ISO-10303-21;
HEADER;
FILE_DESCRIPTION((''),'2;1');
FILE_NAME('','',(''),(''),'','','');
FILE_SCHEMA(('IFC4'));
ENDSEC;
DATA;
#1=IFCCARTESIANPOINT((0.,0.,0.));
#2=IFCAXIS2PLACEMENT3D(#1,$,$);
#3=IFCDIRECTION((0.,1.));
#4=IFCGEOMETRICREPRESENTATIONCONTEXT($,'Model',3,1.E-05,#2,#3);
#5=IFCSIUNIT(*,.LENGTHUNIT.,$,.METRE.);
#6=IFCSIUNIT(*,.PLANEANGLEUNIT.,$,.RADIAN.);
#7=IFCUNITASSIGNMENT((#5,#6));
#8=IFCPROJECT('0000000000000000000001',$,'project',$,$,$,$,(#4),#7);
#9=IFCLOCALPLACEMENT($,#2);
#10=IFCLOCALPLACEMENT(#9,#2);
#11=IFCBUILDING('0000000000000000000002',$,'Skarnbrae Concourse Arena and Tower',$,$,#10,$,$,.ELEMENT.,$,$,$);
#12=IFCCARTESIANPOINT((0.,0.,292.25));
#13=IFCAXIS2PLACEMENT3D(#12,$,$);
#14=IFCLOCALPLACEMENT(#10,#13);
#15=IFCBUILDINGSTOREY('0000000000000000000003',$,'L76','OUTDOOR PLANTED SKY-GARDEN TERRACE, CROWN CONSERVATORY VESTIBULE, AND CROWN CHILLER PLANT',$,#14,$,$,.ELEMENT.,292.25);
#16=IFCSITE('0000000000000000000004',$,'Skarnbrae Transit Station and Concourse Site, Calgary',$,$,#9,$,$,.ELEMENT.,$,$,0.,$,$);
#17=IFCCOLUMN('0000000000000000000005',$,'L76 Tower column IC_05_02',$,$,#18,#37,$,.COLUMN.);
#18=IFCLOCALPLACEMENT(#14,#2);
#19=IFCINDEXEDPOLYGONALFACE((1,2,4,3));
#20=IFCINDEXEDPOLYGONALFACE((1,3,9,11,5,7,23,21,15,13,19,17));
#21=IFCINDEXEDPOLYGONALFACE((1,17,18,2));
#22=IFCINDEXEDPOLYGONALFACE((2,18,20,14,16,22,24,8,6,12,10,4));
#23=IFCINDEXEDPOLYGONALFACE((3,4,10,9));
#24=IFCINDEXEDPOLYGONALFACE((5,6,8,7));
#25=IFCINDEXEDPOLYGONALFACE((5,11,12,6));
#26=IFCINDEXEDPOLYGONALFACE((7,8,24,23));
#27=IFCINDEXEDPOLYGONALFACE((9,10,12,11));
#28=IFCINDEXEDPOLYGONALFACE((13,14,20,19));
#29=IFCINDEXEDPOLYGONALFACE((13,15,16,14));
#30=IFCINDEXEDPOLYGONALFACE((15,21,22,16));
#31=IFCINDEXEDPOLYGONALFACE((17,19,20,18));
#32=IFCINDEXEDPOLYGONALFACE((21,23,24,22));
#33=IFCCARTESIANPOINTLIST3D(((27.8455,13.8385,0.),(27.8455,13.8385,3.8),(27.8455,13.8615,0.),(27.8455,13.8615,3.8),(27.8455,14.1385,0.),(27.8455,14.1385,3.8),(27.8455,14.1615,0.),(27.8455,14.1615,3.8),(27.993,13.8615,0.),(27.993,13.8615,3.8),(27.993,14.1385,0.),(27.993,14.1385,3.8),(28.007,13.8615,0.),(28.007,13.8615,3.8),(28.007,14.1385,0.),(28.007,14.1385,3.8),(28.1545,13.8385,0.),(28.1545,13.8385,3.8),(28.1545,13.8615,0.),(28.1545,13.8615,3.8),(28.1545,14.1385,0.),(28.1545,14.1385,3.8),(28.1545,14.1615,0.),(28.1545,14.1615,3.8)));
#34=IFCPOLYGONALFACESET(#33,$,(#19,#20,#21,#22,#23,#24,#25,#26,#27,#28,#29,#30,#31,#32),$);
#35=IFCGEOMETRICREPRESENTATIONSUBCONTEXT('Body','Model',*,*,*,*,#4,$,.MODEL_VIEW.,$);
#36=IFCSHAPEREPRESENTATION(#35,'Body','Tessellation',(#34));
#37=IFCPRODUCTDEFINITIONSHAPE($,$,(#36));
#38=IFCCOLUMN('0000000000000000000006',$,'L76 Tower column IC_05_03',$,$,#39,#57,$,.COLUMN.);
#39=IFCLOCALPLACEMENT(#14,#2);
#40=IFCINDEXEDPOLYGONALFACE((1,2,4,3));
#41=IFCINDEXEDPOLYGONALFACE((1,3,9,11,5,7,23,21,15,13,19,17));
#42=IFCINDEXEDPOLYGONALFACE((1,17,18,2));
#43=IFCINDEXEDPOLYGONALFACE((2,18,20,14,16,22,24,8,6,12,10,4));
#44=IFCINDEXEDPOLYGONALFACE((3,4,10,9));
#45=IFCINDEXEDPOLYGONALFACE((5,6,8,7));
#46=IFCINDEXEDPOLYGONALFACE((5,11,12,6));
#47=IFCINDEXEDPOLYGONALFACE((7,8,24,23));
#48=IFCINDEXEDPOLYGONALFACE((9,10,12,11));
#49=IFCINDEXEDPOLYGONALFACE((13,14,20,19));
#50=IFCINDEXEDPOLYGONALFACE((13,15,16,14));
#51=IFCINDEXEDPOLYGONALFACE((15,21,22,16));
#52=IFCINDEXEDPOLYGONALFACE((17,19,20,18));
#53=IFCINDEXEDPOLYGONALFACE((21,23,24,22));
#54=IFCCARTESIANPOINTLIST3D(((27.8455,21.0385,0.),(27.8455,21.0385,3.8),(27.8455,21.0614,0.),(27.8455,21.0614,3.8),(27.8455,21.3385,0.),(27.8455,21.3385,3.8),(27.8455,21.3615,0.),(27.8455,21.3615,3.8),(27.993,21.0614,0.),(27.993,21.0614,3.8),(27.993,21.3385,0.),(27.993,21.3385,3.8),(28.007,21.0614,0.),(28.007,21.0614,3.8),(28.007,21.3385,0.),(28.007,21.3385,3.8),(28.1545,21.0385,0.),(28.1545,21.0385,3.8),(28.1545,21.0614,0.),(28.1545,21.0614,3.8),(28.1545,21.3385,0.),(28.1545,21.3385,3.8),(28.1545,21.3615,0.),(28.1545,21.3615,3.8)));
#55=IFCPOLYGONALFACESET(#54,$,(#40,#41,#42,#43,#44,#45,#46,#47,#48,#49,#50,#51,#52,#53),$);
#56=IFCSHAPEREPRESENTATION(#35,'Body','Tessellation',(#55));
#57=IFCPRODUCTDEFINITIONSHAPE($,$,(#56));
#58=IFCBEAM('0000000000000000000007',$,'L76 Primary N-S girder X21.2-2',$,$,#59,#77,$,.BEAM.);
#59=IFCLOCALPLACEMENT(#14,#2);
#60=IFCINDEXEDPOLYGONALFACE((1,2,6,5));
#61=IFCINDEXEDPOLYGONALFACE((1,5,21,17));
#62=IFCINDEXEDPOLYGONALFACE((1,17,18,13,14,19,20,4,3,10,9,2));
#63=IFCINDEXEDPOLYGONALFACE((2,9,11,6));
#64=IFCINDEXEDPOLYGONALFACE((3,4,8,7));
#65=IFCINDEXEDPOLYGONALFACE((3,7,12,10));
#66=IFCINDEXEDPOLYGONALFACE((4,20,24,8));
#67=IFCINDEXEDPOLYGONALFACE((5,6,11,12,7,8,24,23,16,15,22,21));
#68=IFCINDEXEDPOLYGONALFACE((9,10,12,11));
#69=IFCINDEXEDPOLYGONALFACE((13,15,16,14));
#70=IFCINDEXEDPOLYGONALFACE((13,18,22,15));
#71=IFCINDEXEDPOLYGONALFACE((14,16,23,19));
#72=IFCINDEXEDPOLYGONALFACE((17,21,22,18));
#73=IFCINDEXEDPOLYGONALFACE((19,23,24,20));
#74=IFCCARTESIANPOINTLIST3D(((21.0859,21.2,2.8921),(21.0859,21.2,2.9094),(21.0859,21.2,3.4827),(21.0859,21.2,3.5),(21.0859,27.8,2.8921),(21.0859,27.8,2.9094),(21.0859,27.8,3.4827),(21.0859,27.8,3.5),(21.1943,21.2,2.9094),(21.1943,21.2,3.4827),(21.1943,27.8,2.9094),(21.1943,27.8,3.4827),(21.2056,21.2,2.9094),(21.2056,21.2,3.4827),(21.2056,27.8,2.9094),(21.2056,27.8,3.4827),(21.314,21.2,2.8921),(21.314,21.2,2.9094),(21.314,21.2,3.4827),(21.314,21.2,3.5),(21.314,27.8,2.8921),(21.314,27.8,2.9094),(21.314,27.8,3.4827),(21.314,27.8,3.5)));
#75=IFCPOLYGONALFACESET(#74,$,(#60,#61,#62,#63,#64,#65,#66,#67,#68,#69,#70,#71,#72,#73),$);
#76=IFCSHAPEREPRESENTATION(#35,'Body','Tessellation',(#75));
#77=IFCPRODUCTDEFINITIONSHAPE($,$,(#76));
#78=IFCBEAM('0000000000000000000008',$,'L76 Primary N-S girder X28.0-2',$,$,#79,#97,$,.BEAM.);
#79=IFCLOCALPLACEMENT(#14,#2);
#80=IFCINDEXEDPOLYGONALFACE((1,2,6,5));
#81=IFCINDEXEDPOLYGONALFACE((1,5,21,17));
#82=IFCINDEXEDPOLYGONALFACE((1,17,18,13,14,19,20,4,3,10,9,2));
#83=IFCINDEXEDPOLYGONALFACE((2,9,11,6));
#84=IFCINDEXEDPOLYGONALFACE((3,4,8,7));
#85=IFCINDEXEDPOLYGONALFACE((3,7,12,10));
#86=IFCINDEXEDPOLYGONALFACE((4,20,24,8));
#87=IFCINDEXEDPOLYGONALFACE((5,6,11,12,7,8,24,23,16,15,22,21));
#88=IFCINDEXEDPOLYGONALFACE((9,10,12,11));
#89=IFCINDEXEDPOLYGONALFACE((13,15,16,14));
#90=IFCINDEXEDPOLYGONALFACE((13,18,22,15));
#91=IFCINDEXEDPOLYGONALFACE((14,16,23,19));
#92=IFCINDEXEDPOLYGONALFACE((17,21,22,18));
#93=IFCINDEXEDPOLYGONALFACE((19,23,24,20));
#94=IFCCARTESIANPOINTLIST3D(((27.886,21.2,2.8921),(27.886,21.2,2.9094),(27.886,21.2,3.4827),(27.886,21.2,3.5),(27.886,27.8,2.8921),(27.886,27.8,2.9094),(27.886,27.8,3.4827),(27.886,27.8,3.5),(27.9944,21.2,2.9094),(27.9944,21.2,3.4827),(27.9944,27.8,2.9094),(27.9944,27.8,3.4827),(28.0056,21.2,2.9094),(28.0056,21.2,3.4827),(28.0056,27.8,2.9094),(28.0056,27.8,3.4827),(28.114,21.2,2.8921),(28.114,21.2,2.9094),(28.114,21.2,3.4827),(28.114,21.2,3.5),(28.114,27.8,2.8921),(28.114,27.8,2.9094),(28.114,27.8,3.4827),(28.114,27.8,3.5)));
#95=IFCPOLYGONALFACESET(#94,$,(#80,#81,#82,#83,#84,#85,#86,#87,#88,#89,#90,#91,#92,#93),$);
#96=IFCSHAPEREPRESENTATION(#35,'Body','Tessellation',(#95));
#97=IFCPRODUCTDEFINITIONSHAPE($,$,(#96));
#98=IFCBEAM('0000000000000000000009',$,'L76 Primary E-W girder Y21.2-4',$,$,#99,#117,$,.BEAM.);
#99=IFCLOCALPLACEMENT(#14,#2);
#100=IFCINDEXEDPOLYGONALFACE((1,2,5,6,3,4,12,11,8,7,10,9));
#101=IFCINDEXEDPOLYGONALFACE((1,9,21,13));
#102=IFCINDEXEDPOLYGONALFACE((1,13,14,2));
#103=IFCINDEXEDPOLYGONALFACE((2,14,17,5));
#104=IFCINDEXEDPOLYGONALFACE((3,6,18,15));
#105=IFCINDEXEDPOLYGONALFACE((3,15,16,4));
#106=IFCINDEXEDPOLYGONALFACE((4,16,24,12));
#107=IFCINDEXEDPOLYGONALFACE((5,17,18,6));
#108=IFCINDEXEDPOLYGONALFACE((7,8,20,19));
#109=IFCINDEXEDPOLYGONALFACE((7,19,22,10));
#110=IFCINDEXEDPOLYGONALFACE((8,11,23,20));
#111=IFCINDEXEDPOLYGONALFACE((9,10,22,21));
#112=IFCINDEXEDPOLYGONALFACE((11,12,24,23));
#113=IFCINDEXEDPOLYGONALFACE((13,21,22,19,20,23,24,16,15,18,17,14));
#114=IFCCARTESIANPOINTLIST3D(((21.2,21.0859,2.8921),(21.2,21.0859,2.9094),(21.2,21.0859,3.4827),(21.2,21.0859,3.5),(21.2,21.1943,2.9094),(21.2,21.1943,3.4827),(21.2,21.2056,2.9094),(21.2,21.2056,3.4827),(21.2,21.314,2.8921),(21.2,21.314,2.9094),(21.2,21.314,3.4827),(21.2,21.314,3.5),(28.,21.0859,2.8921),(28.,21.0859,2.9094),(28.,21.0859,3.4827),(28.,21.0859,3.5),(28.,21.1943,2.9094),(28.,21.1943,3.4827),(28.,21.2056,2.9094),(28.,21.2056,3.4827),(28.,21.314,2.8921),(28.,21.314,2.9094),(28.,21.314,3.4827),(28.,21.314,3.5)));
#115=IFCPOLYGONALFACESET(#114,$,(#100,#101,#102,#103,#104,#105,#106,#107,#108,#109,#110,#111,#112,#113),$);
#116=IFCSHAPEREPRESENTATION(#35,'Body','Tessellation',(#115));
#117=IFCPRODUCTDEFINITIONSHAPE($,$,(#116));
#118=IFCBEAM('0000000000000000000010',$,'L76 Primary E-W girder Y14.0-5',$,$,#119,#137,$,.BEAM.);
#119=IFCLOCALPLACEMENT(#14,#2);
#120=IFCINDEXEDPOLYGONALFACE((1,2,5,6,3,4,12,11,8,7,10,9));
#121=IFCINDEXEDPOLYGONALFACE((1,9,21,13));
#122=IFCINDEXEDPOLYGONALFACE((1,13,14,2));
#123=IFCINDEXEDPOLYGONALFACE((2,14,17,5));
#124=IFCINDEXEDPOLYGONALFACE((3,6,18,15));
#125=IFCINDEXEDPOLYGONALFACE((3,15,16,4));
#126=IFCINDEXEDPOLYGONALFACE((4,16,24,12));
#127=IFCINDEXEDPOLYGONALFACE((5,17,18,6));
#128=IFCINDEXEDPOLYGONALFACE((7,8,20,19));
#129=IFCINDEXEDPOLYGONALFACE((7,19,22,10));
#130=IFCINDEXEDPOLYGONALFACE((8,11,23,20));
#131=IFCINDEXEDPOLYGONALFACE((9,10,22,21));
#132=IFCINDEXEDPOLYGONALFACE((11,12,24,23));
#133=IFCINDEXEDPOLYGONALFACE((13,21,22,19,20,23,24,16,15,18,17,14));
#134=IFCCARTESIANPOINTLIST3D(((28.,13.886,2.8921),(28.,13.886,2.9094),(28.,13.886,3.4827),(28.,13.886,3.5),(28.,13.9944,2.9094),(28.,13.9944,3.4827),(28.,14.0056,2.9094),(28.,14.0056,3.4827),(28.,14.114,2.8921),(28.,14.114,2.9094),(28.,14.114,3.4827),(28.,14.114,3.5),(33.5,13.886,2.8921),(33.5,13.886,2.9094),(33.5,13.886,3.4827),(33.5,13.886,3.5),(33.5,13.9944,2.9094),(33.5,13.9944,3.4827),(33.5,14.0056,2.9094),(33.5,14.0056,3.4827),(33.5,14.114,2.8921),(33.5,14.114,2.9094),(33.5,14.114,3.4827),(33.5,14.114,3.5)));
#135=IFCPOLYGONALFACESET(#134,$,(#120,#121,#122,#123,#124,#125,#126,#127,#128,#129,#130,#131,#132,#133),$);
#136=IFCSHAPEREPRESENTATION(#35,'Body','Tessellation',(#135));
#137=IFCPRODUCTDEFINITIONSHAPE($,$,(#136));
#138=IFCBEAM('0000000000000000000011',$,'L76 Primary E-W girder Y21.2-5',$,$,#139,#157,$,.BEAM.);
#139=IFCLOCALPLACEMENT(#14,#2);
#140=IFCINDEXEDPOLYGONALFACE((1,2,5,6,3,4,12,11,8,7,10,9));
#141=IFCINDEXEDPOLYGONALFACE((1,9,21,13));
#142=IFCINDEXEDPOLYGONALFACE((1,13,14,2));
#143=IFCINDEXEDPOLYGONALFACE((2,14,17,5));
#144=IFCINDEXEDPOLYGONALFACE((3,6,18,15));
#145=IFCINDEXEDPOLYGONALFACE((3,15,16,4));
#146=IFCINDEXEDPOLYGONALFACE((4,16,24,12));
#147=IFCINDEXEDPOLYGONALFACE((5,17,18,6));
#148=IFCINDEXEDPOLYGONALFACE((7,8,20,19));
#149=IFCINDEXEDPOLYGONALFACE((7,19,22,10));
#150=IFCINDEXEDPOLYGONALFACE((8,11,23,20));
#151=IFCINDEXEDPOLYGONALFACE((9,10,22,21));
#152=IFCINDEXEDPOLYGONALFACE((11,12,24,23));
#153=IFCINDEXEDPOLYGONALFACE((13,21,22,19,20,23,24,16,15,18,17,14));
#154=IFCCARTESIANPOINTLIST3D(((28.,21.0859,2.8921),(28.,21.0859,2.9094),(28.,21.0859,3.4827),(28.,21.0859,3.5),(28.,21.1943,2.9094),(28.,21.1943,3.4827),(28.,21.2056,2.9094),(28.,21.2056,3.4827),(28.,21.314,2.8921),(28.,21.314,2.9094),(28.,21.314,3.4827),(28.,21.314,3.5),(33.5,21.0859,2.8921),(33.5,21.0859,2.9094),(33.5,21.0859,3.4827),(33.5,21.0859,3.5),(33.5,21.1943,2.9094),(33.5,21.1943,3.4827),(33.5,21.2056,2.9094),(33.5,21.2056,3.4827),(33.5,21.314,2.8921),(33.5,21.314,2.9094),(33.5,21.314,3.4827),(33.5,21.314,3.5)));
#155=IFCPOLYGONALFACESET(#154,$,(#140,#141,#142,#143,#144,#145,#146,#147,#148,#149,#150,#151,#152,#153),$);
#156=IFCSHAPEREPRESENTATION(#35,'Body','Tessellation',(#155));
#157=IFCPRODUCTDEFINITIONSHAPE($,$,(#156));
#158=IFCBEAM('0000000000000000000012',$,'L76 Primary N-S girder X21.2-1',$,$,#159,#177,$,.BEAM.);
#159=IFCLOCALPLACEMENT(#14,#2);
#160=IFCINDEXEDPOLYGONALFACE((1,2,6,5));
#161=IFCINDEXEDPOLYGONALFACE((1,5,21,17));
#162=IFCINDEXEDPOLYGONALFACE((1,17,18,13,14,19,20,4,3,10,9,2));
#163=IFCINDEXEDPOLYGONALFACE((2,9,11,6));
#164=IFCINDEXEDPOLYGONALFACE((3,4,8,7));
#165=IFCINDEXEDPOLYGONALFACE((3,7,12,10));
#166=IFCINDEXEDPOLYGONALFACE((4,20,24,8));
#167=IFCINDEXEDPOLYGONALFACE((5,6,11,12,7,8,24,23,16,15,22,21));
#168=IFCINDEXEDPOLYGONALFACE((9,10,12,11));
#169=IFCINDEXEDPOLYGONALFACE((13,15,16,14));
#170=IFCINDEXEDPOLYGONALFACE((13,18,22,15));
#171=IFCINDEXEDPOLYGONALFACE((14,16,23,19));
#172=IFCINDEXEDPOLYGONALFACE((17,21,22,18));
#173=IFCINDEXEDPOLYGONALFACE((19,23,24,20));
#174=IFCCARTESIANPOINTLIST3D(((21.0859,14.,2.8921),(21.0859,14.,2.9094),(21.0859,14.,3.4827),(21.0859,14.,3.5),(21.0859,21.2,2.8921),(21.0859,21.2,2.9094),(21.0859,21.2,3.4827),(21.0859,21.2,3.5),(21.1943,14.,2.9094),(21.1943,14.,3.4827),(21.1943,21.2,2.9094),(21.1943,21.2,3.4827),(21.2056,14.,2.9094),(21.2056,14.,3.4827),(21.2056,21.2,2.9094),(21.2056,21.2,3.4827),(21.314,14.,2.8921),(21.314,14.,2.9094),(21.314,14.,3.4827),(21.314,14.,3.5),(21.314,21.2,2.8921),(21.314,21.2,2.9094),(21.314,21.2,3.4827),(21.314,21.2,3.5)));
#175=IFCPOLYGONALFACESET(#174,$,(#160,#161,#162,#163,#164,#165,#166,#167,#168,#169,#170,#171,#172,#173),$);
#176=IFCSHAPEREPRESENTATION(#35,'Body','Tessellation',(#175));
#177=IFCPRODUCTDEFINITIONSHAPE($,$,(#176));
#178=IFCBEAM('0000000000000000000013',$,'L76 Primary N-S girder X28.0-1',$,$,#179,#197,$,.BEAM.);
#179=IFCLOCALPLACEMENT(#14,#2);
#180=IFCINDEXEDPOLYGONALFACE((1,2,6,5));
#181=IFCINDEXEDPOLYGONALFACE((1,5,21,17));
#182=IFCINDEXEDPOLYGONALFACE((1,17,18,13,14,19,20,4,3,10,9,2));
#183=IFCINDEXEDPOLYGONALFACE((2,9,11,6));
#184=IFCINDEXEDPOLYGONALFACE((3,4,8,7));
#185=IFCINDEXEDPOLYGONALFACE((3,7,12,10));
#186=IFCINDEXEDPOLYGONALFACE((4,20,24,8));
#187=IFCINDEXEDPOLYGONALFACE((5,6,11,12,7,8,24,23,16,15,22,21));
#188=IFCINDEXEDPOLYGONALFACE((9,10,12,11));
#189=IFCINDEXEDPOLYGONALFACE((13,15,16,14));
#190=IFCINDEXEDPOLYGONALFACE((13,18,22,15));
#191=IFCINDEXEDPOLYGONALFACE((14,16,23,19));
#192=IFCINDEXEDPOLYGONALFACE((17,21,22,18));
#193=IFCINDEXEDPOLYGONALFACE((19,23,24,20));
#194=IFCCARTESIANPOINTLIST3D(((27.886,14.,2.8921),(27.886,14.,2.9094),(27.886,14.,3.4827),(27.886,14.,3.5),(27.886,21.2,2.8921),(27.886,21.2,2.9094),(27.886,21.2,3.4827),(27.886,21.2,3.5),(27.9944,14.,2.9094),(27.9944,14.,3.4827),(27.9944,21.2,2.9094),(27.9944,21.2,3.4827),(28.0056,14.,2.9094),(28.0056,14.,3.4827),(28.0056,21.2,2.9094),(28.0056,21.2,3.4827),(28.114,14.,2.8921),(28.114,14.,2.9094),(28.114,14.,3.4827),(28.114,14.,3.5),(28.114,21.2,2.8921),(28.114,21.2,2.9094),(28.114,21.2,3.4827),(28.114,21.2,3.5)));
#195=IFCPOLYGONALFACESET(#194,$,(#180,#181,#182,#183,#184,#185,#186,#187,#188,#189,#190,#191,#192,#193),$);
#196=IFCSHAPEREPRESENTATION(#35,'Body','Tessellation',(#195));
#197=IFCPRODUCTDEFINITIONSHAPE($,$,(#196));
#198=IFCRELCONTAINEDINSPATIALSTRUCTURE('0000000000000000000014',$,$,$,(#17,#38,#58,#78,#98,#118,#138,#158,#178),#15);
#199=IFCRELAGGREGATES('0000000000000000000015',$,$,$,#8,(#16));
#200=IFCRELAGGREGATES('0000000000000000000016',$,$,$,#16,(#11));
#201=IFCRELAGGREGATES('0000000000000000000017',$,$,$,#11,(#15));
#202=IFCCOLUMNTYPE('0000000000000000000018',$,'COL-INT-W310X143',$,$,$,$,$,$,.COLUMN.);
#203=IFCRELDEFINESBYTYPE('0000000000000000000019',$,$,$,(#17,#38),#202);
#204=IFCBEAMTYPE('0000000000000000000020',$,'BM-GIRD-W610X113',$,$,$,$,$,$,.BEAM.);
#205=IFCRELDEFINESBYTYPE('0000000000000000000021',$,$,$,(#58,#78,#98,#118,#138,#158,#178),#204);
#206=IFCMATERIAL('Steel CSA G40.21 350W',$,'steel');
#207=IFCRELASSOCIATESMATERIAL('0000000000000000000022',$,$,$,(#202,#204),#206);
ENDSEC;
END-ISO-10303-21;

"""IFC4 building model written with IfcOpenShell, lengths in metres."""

from ifc_helpers import new_model, si_unit, direction, frame, origin, origin_2d, place, context, subcontext, project, spatial, i_section, extrude, source, transform, mapped, material, material_profile, profile_set, type_object, element, save


model = new_model("IFC4")

# Units and contexts
model_context = context("Model", 3, precision=1e-05, world=origin(), true_north=direction((0.0, 1.0)))
body_context = subcontext(model_context, "Body", "Model", "MODEL_VIEW")
ifc_project = project(units=[si_unit("LENGTHUNIT", "METRE"), si_unit("PLANEANGLEUNIT", "RADIAN")], contexts=[model_context])

# Site, building, storey
site_placement = place(None, origin())
site = spatial("IfcSite", under=ifc_project, at=site_placement, Name="Skarnbrae Transit Station and Concourse Site, Calgary", CompositionType="ELEMENT", RefElevation=0.0)
building_placement = place(site_placement, origin())
building = spatial("IfcBuilding", under=site, at=building_placement, Name="Skarnbrae Concourse Arena and Tower", CompositionType="ELEMENT")
storey_placement = place(building_placement, frame((0.0, 0.0, 292.25)))
storey = spatial("IfcBuildingStorey", under=building, at=storey_placement, Name="L76", Description="OUTDOOR PLANTED SKY-GARDEN TERRACE, CROWN CONSERVATORY VESTIBULE, AND CROWN CHILLER PLANT", CompositionType="ELEMENT", Elevation=292.25)

# Columns
ifc_material_1 = material(Name="Steel CSA G40.21 350W", Category="steel")
ifc_material_profile_1 = material_profile(ifc_material_1, i_section(OverallWidth=0.3091, OverallDepth=0.323, WebThickness=0.0139, FlangeThickness=0.0229, at=origin_2d()), Name="W310X143")
ifc_profile_set_1 = profile_set([ifc_material_profile_1], Name="Steel CSA G40.21 350W")
column_type = type_object("IfcColumnType", Name="COL-INT-W310X143", PredefinedType="COLUMN", material=ifc_profile_set_1)
shared_shape_1 = source(origin(), body_context, "Body", "SweptSolid", [
    extrude(i_section(OverallWidth=0.3091, OverallDepth=0.323, WebThickness=0.0139, FlangeThickness=0.0229, at=origin_2d()), origin(), (0.0, 0.0, 1.0), 3.8),
])
for number, where, z_axis, x_axis, name in (
    (1, (28.0, 14.0, 0.0), (0.0, 0.0, 1.0), (1.0, 0.0, 0.0), "L76 Tower column IC_05_02"),
    (2, (28.0, 21.2, 0.0), (0.0, 0.0, 1.0), (1.0, 0.0, 0.0), "L76 Tower column IC_05_03"),
):
    element("IfcColumn", number, at=place(storey_placement, frame(where, z_axis=z_axis, x_axis=x_axis)), inside=storey, type_object=column_type, Name=name, PredefinedType="COLUMN", context=body_context, shape_type="MappedRepresentation", body=[
        mapped(shared_shape_1, transform((0.0, 0.0, 0.0))),
    ])

# Beams
ifc_material_profile_2 = material_profile(ifc_material_1, i_section(OverallWidth=0.228, OverallDepth=0.6079, WebThickness=0.0112, FlangeThickness=0.0173, at=origin_2d()), Name="W610X113")
ifc_profile_set_2 = profile_set([ifc_material_profile_2], Name="Steel CSA G40.21 350W")
beam_type_1 = type_object("IfcBeamType", Name="BM-GIRD-W610X113", PredefinedType="BEAM", material=ifc_profile_set_2)
shared_shape_2 = source(origin(), body_context, "Body", "SweptSolid", [
    extrude(i_section(OverallWidth=0.228, OverallDepth=0.6079, WebThickness=0.0112, FlangeThickness=0.0173, at=origin_2d()), origin(), (0.0, 0.0, 1.0), 6.6001),
])
for number, where, z_axis, x_axis, name in (
    (3, (21.2, 21.2, 3.196), (0.0, 1.0, 0.0), (-1.0, 0.0, 0.0), "L76 Primary N-S girder X21.2-2"),
    (4, (28.0, 21.2, 3.196), (0.0, 1.0, 0.0), (-1.0, 0.0, 0.0), "L76 Primary N-S girder X28.0-2"),
):
    element("IfcBeam", number, at=place(storey_placement, frame(where, z_axis=z_axis, x_axis=x_axis)), inside=storey, type_object=beam_type_1, Name=name, PredefinedType="BEAM", context=body_context, shape_type="MappedRepresentation", body=[
        mapped(shared_shape_2, transform((0.0, 0.0, 0.0))),
    ])
shared_shape_3 = source(origin(), body_context, "Body", "SweptSolid", [
    extrude(i_section(OverallWidth=0.228, OverallDepth=0.6079, WebThickness=0.0112, FlangeThickness=0.0173, at=origin_2d()), origin(), (0.0, 0.0, 1.0), 6.8),
])
beam_placement = place(storey_placement, frame((21.2, 21.2, 3.196), z_axis=(1.0, 0.0, 0.0), x_axis=(0.0, 1.0, 0.0)))
element("IfcBeam", 5, at=beam_placement, inside=storey, type_object=beam_type_1, Name="L76 Primary E-W girder Y21.2-4", PredefinedType="BEAM", context=body_context, shape_type="MappedRepresentation", body=[
    mapped(shared_shape_3, transform((0.0, 0.0, 0.0))),
])
shared_shape_4 = source(origin(), body_context, "Body", "SweptSolid", [
    extrude(i_section(OverallWidth=0.228, OverallDepth=0.6079, WebThickness=0.0112, FlangeThickness=0.0173, at=origin_2d()), origin(), (0.0, 0.0, 1.0), 5.5),
])
for number, where, z_axis, x_axis, name in (
    (6, (28.0, 14.0, 3.196), (1.0, 0.0, 0.0), (0.0, 1.0, 0.0), "L76 Primary E-W girder Y14.0-5"),
    (7, (28.0, 21.2, 3.196), (1.0, 0.0, 0.0), (0.0, 1.0, 0.0), "L76 Primary E-W girder Y21.2-5"),
):
    element("IfcBeam", number, at=place(storey_placement, frame(where, z_axis=z_axis, x_axis=x_axis)), inside=storey, type_object=beam_type_1, Name=name, PredefinedType="BEAM", context=body_context, shape_type="MappedRepresentation", body=[
        mapped(shared_shape_4, transform((0.0, 0.0, 0.0))),
    ])
shared_shape_5 = source(origin(), body_context, "Body", "SweptSolid", [
    extrude(i_section(OverallWidth=0.228, OverallDepth=0.6079, WebThickness=0.0112, FlangeThickness=0.0173, at=origin_2d()), origin(), (0.0, 0.0, 1.0), 7.2),
])
for number, where, z_axis, x_axis, name in (
    (8, (21.2, 14.0, 3.196), (0.0, 1.0, 0.0), (-1.0, 0.0, 0.0), "L76 Primary N-S girder X21.2-1"),
    (9, (28.0, 14.0, 3.196), (0.0, 1.0, 0.0), (-1.0, 0.0, 0.0), "L76 Primary N-S girder X28.0-1"),
):
    element("IfcBeam", number, at=place(storey_placement, frame(where, z_axis=z_axis, x_axis=x_axis)), inside=storey, type_object=beam_type_1, Name=name, PredefinedType="BEAM", context=body_context, shape_type="MappedRepresentation", body=[
        mapped(shared_shape_5, transform((0.0, 0.0, 0.0))),
    ])

save(model, "model.ifc")
